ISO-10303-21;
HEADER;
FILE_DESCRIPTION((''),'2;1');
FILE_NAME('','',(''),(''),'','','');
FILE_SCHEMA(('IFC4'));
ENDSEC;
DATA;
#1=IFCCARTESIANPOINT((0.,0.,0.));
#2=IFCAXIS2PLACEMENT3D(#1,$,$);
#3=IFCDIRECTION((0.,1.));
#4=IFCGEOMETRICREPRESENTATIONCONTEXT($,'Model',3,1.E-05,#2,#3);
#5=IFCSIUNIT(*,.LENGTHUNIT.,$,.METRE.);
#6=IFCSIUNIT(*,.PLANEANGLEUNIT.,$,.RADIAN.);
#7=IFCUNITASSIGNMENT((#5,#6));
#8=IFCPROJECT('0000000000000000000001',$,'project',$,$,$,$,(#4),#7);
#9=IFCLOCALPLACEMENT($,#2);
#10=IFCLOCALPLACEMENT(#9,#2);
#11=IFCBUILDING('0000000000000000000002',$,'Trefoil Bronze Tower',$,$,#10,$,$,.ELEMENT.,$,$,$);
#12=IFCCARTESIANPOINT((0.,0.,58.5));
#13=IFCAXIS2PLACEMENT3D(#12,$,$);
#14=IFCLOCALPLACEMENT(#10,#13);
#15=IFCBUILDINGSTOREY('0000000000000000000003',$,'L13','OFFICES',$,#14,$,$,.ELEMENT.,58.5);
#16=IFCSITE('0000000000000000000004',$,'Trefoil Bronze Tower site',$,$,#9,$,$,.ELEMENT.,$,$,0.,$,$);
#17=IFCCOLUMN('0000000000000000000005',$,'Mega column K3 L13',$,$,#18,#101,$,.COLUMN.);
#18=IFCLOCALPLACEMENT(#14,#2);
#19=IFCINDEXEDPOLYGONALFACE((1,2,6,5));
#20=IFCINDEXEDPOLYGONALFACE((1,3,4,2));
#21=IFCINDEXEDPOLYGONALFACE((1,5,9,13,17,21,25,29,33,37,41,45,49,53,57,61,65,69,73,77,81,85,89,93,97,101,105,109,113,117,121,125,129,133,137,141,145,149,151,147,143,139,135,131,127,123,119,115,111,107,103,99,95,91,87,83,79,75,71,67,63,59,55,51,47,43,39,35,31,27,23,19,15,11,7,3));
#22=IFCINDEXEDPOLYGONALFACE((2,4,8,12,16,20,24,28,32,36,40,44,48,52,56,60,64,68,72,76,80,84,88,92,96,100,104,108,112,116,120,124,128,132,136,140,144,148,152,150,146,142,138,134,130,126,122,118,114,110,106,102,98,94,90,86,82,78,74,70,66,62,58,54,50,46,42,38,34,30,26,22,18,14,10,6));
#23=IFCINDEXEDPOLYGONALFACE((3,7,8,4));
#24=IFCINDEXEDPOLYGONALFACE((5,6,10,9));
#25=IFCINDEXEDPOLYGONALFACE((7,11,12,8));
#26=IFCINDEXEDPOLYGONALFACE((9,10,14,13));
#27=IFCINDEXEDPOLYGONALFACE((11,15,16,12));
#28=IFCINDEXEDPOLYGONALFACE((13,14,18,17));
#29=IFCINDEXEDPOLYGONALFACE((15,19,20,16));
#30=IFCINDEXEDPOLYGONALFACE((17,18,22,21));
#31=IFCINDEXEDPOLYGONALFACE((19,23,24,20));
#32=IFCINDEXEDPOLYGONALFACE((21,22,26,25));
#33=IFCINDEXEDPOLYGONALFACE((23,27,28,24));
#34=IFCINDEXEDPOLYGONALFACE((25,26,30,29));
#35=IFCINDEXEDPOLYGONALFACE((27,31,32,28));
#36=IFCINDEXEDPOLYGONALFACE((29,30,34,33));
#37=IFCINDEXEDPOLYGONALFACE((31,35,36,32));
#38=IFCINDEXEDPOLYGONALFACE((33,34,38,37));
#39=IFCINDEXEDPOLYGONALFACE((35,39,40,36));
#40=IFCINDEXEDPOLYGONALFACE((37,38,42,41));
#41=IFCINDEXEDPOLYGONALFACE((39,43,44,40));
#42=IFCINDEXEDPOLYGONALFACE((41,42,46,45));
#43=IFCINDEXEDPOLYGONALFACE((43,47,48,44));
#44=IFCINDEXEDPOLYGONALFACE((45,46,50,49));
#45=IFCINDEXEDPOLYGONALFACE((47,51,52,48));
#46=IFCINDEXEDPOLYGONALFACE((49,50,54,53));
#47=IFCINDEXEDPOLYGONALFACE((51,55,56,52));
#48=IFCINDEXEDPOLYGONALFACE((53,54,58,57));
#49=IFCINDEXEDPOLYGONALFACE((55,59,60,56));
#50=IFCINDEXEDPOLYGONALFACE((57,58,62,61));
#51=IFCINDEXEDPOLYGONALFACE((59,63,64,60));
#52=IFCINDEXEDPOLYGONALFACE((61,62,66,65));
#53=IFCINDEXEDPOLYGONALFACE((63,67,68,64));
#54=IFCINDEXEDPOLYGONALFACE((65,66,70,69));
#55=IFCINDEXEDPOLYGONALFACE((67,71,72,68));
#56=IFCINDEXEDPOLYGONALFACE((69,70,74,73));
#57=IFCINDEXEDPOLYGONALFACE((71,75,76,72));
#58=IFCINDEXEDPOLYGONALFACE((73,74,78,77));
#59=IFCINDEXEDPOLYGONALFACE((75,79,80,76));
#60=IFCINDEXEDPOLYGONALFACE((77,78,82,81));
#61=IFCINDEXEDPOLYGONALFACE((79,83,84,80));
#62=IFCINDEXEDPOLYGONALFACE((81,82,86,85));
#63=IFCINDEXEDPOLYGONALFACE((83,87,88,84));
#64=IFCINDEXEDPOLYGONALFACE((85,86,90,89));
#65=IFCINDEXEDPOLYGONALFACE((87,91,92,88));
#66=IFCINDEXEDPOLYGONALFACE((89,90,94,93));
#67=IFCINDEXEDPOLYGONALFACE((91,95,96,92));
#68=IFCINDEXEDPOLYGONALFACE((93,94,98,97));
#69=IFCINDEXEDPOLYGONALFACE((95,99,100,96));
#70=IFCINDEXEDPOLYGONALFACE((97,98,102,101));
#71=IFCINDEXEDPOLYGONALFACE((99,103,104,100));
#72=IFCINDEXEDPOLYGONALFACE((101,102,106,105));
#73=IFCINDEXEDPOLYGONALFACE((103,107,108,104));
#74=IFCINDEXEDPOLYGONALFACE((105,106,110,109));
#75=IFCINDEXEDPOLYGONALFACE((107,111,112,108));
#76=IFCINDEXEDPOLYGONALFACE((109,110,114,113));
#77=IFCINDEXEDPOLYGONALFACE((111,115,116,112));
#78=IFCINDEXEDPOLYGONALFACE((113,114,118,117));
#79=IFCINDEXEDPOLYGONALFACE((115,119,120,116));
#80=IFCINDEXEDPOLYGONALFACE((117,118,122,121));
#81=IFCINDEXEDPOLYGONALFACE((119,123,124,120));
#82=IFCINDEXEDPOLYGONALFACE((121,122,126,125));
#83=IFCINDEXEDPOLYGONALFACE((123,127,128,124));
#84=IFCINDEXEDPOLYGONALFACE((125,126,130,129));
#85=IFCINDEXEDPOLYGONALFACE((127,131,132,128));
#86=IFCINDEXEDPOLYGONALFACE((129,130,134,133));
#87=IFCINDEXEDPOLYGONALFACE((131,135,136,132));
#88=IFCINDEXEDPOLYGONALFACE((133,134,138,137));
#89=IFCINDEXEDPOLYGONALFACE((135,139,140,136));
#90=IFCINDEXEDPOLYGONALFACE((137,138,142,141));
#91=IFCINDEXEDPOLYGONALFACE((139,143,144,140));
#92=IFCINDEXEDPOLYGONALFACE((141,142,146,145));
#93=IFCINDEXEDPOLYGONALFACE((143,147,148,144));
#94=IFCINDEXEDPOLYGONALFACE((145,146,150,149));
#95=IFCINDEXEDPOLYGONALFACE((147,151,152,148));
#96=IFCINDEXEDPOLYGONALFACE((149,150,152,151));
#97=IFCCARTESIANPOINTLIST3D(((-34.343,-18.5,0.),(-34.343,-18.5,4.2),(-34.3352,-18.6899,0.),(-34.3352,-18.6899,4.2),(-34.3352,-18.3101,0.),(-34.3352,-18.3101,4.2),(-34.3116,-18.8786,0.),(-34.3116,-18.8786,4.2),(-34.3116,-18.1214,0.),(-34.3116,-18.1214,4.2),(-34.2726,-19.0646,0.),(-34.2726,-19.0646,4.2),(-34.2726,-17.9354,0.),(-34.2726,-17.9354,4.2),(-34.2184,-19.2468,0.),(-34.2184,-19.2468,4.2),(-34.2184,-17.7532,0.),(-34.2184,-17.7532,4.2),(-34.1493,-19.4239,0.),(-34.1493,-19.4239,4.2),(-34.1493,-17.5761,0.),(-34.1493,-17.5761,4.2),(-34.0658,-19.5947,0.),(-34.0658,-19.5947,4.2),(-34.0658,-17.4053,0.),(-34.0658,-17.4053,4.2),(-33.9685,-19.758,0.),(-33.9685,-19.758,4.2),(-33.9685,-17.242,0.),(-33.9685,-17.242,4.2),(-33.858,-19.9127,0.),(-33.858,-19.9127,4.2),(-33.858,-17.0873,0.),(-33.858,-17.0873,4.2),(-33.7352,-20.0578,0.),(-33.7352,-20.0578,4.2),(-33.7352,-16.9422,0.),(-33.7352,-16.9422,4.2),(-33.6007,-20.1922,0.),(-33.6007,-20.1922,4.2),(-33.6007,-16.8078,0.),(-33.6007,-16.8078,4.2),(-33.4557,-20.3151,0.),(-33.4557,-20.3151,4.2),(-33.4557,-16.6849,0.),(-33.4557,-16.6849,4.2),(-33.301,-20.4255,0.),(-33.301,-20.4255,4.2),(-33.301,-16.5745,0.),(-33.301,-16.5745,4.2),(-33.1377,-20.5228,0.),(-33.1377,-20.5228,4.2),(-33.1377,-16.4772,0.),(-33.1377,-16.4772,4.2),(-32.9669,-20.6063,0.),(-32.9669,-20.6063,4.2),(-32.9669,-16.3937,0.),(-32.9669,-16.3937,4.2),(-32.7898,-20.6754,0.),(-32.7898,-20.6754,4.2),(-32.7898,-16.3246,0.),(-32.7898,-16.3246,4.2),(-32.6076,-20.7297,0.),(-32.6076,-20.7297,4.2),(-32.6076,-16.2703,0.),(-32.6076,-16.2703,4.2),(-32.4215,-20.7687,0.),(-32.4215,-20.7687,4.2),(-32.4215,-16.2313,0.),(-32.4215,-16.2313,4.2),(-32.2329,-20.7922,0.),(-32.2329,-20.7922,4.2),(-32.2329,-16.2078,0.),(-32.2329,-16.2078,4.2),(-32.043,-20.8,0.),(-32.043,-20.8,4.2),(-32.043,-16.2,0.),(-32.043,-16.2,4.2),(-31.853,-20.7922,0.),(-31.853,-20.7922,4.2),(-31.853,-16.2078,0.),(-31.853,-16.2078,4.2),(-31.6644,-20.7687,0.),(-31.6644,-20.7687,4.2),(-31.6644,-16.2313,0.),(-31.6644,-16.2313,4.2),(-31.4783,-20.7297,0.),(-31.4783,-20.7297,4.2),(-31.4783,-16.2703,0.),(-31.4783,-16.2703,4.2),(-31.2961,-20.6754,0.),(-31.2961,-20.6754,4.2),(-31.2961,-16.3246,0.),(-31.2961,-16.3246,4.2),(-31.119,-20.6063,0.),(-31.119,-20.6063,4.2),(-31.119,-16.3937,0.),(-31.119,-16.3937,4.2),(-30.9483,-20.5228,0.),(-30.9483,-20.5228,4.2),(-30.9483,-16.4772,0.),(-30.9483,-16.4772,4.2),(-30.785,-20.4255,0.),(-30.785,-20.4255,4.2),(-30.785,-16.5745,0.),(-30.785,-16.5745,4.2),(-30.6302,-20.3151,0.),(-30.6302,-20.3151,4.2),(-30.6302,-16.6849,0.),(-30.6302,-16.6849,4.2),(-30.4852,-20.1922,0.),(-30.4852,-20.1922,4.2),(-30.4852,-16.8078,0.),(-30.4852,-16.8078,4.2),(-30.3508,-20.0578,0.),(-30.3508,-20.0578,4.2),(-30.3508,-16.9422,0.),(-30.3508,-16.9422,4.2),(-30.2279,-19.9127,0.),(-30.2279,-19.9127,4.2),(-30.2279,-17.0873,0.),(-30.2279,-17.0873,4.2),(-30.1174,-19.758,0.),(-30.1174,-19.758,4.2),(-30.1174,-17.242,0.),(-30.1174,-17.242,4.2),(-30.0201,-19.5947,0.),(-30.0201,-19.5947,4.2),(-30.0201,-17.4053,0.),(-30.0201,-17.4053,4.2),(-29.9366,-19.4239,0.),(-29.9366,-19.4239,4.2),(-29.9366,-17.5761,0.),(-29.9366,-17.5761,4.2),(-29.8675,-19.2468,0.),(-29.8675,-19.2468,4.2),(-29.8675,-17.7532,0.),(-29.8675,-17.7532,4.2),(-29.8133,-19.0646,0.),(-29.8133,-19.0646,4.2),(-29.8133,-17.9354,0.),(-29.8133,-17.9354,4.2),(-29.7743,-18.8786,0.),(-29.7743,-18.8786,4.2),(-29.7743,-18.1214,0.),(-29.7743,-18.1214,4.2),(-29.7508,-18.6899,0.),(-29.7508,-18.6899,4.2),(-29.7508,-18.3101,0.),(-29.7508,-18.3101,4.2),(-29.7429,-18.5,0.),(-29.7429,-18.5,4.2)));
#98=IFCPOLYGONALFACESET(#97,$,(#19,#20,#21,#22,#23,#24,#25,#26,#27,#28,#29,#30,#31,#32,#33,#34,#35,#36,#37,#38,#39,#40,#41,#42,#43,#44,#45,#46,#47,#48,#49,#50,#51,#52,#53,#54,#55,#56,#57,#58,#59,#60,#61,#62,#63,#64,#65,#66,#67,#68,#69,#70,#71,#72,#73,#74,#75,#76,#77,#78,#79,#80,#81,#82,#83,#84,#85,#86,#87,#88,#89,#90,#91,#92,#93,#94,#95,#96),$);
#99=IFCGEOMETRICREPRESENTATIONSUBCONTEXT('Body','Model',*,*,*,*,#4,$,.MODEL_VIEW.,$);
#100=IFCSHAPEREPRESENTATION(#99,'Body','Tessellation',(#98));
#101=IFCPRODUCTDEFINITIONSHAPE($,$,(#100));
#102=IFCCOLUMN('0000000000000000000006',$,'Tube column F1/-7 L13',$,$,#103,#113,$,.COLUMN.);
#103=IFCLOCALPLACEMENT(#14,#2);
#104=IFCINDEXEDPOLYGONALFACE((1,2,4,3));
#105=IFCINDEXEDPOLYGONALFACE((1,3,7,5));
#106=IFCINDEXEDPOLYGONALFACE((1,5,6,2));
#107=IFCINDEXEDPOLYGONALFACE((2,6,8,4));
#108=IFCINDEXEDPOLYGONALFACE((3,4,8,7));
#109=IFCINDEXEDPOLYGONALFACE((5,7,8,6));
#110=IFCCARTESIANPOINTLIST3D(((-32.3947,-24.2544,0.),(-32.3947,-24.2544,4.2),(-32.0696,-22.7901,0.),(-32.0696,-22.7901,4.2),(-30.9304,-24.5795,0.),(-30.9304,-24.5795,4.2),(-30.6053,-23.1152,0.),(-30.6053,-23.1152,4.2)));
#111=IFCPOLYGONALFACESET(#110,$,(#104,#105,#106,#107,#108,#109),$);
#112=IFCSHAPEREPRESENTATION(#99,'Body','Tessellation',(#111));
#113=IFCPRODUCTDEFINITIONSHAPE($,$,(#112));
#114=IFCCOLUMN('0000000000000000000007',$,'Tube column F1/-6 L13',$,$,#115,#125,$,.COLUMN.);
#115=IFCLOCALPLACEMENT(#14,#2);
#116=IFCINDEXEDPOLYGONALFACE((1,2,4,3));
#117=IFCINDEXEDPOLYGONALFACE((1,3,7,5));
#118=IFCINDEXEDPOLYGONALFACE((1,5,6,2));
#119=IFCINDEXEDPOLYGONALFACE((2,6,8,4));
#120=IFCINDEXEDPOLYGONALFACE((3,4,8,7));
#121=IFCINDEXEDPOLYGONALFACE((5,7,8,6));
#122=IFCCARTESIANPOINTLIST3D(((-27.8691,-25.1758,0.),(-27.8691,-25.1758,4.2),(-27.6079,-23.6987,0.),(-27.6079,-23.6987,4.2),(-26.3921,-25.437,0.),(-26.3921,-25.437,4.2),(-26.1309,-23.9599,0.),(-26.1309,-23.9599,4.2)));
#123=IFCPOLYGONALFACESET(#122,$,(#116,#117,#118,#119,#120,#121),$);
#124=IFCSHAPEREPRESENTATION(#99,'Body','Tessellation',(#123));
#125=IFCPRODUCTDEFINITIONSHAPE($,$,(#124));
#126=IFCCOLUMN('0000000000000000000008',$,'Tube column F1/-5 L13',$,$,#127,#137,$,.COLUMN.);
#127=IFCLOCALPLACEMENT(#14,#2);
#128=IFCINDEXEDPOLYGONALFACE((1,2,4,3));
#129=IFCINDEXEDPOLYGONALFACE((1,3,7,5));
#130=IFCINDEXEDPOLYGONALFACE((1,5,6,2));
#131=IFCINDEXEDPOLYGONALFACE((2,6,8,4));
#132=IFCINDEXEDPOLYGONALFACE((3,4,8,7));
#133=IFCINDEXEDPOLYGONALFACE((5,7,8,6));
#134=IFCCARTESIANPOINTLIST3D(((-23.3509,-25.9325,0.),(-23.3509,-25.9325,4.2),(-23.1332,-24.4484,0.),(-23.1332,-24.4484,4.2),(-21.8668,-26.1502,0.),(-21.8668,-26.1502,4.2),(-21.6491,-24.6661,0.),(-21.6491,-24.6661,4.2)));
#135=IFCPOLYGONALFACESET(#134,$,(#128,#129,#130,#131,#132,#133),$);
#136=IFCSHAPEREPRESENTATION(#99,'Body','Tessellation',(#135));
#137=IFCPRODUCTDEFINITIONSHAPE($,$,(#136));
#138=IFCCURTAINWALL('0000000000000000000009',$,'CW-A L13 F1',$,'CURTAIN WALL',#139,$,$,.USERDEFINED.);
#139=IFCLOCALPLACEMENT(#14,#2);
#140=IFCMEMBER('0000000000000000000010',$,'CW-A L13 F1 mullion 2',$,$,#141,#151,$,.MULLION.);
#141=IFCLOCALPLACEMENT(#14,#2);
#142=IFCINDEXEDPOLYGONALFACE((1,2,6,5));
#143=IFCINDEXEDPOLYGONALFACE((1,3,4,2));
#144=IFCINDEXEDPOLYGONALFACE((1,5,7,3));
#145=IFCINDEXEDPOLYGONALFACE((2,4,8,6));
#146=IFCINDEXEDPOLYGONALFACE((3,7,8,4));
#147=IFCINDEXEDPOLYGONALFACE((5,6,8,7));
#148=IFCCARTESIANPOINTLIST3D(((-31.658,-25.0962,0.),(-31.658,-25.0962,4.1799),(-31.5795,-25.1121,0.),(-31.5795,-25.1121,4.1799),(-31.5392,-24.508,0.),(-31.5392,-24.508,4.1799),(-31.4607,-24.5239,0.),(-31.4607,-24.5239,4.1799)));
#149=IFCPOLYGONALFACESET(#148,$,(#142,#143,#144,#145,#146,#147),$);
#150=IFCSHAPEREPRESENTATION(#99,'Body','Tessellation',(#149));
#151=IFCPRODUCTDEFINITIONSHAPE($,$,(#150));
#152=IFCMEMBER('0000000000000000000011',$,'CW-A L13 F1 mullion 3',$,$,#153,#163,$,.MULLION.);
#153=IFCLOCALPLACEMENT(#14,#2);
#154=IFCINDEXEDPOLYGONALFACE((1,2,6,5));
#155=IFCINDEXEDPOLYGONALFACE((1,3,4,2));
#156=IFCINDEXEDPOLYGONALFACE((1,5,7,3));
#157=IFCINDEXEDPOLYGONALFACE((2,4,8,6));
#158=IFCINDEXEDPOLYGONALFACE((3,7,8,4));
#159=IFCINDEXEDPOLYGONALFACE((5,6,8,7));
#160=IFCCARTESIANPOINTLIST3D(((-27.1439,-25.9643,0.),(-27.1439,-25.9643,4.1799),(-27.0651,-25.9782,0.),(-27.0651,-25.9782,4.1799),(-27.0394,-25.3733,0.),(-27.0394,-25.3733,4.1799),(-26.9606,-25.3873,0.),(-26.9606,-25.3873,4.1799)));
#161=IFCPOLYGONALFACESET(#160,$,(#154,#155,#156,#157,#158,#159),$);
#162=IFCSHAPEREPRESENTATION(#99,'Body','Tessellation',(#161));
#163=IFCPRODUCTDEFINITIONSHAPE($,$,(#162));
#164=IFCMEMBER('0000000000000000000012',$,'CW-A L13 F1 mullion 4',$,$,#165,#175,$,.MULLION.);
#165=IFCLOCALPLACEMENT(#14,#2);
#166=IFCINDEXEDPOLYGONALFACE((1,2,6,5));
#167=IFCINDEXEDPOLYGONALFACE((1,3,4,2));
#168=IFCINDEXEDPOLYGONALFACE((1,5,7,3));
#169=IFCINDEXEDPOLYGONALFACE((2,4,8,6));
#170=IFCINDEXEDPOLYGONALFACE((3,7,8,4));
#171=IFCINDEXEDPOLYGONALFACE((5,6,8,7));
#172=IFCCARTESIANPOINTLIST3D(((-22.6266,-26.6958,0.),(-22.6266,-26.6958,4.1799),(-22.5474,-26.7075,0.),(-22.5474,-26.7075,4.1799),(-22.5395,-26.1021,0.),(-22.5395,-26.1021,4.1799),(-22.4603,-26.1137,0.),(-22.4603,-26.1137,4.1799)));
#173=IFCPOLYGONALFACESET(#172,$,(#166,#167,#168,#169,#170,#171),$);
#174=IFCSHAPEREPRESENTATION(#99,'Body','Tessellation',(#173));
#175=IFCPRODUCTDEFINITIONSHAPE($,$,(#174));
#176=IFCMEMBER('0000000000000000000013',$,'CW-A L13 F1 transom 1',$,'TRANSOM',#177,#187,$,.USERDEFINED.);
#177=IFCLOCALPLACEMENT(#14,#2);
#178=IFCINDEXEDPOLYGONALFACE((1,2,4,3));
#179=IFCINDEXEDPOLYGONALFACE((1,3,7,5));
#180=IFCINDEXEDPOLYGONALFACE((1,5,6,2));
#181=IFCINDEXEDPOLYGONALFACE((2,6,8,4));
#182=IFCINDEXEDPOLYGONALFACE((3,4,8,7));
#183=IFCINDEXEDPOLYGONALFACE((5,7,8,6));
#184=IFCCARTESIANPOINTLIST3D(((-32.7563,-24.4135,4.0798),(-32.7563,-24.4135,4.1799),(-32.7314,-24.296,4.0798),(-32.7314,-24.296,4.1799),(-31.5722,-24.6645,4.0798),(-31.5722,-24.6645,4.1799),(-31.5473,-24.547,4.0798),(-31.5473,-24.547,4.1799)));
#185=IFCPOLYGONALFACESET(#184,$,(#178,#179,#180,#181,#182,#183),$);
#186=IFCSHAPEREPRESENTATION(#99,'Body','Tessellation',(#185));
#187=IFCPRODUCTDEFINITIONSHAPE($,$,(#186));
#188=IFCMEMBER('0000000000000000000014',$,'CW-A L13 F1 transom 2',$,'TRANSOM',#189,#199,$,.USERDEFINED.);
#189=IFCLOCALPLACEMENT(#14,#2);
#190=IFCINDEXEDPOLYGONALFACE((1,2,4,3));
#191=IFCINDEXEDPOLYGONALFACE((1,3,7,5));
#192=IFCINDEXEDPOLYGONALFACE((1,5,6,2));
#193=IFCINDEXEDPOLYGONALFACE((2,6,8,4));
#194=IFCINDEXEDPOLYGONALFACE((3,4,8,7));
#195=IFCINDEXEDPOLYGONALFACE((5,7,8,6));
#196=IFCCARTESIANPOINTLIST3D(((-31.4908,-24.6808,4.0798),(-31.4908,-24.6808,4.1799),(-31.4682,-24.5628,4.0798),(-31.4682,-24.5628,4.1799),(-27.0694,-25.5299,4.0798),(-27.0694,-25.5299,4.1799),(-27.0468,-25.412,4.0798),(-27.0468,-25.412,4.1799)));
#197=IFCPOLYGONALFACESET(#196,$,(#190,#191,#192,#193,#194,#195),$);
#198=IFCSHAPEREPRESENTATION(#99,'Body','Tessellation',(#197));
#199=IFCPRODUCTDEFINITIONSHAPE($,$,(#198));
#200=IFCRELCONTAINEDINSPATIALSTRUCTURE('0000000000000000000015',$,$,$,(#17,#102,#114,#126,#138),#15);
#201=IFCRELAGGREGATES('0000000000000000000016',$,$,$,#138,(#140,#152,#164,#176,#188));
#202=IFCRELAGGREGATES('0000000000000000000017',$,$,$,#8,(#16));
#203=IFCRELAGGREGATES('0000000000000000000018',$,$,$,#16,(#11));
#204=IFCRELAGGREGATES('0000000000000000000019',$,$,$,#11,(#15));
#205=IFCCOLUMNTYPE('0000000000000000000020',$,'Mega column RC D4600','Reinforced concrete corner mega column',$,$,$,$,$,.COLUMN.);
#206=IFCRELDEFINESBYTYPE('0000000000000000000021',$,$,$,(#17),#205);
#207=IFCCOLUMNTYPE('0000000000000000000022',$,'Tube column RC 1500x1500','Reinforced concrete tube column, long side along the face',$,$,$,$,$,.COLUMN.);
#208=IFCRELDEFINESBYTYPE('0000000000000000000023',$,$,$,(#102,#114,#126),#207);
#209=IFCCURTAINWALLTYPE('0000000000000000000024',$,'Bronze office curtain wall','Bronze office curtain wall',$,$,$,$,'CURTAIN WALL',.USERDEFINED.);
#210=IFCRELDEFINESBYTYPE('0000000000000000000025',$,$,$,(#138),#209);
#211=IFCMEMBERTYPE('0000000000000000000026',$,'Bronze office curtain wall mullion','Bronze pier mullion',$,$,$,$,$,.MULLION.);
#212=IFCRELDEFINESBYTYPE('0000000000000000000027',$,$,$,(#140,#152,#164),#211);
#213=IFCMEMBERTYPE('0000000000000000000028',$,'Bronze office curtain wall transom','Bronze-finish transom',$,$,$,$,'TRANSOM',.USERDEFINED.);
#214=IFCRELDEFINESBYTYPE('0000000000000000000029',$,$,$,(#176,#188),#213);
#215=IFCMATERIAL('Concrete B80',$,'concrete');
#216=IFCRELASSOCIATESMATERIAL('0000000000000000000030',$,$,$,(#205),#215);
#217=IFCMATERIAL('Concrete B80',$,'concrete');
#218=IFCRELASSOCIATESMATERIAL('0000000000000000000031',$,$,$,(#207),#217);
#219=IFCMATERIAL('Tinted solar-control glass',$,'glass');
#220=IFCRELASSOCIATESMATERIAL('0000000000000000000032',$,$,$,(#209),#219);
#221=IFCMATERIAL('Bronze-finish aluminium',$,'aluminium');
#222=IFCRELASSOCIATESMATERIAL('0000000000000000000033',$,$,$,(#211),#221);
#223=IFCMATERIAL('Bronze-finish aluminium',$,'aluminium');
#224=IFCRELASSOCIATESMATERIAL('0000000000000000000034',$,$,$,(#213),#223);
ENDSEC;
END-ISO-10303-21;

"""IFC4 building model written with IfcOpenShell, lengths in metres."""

from ifc_helpers import new_model, si_unit, direction, frame, origin, origin_2d, place, context, subcontext, project, spatial, rectangle, circle, extrude, material, material_profile, profile_set, type_object, element, aggregate, save


model = new_model("IFC4")

# Units and contexts
model_context = context("Model", 3, precision=1e-05, world=origin(), true_north=direction((0.0, 1.0)))
body_context = subcontext(model_context, "Body", "Model", "MODEL_VIEW")
ifc_project = project(units=[si_unit("LENGTHUNIT", "METRE"), si_unit("PLANEANGLEUNIT", "RADIAN")], contexts=[model_context])

# Site, building, storey
site_placement = place(None, origin())
site = spatial("IfcSite", under=ifc_project, at=site_placement, Name="Trefoil Bronze Tower site", CompositionType="ELEMENT", RefElevation=0.0)
building_placement = place(site_placement, origin())
building = spatial("IfcBuilding", under=site, at=building_placement, Name="Trefoil Bronze Tower", CompositionType="ELEMENT")
storey_placement = place(building_placement, frame((0.0, 0.0, 58.5)))
storey = spatial("IfcBuildingStorey", under=building, at=storey_placement, Name="L13", Description="OFFICES", CompositionType="ELEMENT", Elevation=58.5)

# Columns
ifc_material_1 = material(Name="Concrete B80", Category="concrete")
ifc_material_profile_1 = material_profile(ifc_material_1, circle(Radius=2.3, at=origin_2d()), Name="RC D4600")
ifc_profile_set_1 = profile_set([ifc_material_profile_1], Name="Concrete B80")
column_type_1 = type_object("IfcColumnType", Name="Mega column RC D4600", Description="Reinforced concrete corner mega column", PredefinedType="COLUMN", material=ifc_profile_set_1)
column_placement = place(storey_placement, frame((-32.043, -18.5, 0.0), z_axis=(0.0, 0.0, 1.0), x_axis=(1.0, 0.0, 0.0)))
element("IfcColumn", 1, at=column_placement, inside=storey, type_object=column_type_1, Name="Mega column K3 L13", PredefinedType="COLUMN", context=body_context, shape_type="SweptSolid", body=[
    extrude(circle(Radius=2.3, at=origin_2d()), origin(), (0.0, 0.0, 1.0), 4.2),
])
ifc_material_2 = material(Name="Concrete B80", Category="concrete")
ifc_material_profile_2 = material_profile(ifc_material_2, rectangle(XDim=1.5, YDim=1.5, at=origin_2d()), Name="RC 1500x1500")
ifc_profile_set_2 = profile_set([ifc_material_profile_2], Name="Concrete B80")
column_type_2 = type_object("IfcColumnType", Name="Tube column RC 1500x1500", Description="Reinforced concrete tube column, long side along the face", PredefinedType="COLUMN", material=ifc_profile_set_2)
for number, where, z_axis, x_axis, name in (
    (2, (-31.5, -23.6848, 0.0), (0.0, 0.0, 1.0), (0.97623, -0.216739, 0.0), "Tube column F1/-7 L13"),
    (3, (-27.0, -24.5679, 0.0), (0.0, 0.0, 1.0), (0.984722, -0.174131, 0.0), "Tube column F1/-6 L13"),
    (4, (-22.5, -25.2993, 0.0), (0.0, 0.0, 1.0), (0.989416, -0.145109, 0.0), "Tube column F1/-5 L13"),
):
    element("IfcColumn", number, at=place(storey_placement, frame(where, z_axis=z_axis, x_axis=x_axis)), inside=storey, type_object=column_type_2, Name=name, PredefinedType="COLUMN", context=body_context, shape_type="SweptSolid", body=[
        extrude(rectangle(XDim=1.5, YDim=1.5, at=origin_2d()), origin(), (0.0, 0.0, 1.0), 4.2),
    ])

# Curtain wall, members
ifc_material_3 = material(Name="Tinted solar-control glass", Category="glass")
curtain_wall_type_1 = type_object("IfcCurtainWallType", Name="Bronze office curtain wall", Description="Bronze office curtain wall", ElementType="CURTAIN WALL", PredefinedType="USERDEFINED", material=ifc_material_3)
curtain_wall_1_placement = place(storey_placement, origin())
curtain_wall_1 = element("IfcCurtainWall", 5, at=curtain_wall_1_placement, inside=storey, type_object=curtain_wall_type_1, Name="CW-A L13 F1", ObjectType="CURTAIN WALL", PredefinedType="USERDEFINED")
ifc_material_4 = material(Name="Bronze-finish aluminium", Category="aluminium")
ifc_material_profile_3 = material_profile(ifc_material_4, rectangle(XDim=0.6001, YDim=0.0801, at=origin_2d()), Name="CW-A mullion")
ifc_profile_set_3 = profile_set([ifc_material_profile_3], Name="Bronze-finish aluminium")
member_type_1 = type_object("IfcMemberType", Name="Bronze office curtain wall mullion", Description="Bronze pier mullion", PredefinedType="MULLION", material=ifc_profile_set_3)
member_1_placement = place(storey_placement, frame((-31.5593, -24.8101, 0.0), z_axis=(0.0, 0.0, 1.0), x_axis=(0.19791, 0.98022, 0.0)))
member_1 = element("IfcMember", 6, at=member_1_placement, type_object=member_type_1, Name="CW-A L13 F1 mullion 2", PredefinedType="MULLION", context=body_context, shape_type="SweptSolid", body=[
    extrude(rectangle(XDim=0.6001, YDim=0.0801, at=origin_2d()), origin(), (0.0, 0.0, 1.0), 4.1799),
])
member_2_placement = place(storey_placement, frame((-27.0522, -25.6758, 0.0), z_axis=(0.0, 0.0, 1.0), x_axis=(0.174131, 0.984722, 0.0)))
member_2 = element("IfcMember", 7, at=member_2_placement, type_object=member_type_1, Name="CW-A L13 F1 mullion 3", PredefinedType="MULLION", context=body_context, shape_type="SweptSolid", body=[
    extrude(rectangle(XDim=0.6001, YDim=0.0801, at=origin_2d()), origin(), (0.0, 0.0, 1.0), 4.1799),
])
member_3_placement = place(storey_placement, frame((-22.5435, -26.4048, 0.0), z_axis=(0.0, 0.0, 1.0), x_axis=(0.145109, 0.989416, 0.0)))
member_3 = element("IfcMember", 8, at=member_3_placement, type_object=member_type_1, Name="CW-A L13 F1 mullion 4", PredefinedType="MULLION", context=body_context, shape_type="SweptSolid", body=[
    extrude(rectangle(XDim=0.6001, YDim=0.0801, at=origin_2d()), origin(), (0.0, 0.0, 1.0), 4.1799),
])
ifc_material_5 = material(Name="Bronze-finish aluminium", Category="aluminium")
ifc_material_profile_4 = material_profile(ifc_material_5, rectangle(XDim=0.1201, YDim=0.1001, at=origin_2d()), Name="CW-A transom")
ifc_profile_set_4 = profile_set([ifc_material_profile_4], Name="Bronze-finish aluminium")
member_type_2 = type_object("IfcMemberType", Name="Bronze office curtain wall transom", Description="Bronze-finish transom", ElementType="TRANSOM", PredefinedType="USERDEFINED", material=ifc_profile_set_4)
member_4_placement = place(storey_placement, frame((-32.7439, -24.3547, 4.1299), z_axis=(0.978266, -0.207352, 0.0), x_axis=(0.207352, 0.978266, 0.0)))
member_4 = element("IfcMember", 9, at=member_4_placement, type_object=member_type_2, Name="CW-A L13 F1 transom 1", ObjectType="TRANSOM", PredefinedType="USERDEFINED", context=body_context, shape_type="SweptSolid", body=[
    extrude(rectangle(XDim=0.1201, YDim=0.1001, at=origin_2d()), origin(), (0.0, 0.0, 1.0), 1.2104),
])
member_5_placement = place(storey_placement, frame((-31.4795, -24.6218, 4.1299), z_axis=(0.982054, -0.188602, 0.0), x_axis=(0.188602, 0.982054, 0.0)))
member_5 = element("IfcMember", 10, at=member_5_placement, type_object=member_type_2, Name="CW-A L13 F1 transom 2", ObjectType="TRANSOM", PredefinedType="USERDEFINED", context=body_context, shape_type="SweptSolid", body=[
    extrude(rectangle(XDim=0.1201, YDim=0.1001, at=origin_2d()), origin(), (0.0, 0.0, 1.0), 4.5022),
])

aggregate(curtain_wall_1, [member_1, member_2, member_3, member_4, member_5])

save(model, "model.ifc")
